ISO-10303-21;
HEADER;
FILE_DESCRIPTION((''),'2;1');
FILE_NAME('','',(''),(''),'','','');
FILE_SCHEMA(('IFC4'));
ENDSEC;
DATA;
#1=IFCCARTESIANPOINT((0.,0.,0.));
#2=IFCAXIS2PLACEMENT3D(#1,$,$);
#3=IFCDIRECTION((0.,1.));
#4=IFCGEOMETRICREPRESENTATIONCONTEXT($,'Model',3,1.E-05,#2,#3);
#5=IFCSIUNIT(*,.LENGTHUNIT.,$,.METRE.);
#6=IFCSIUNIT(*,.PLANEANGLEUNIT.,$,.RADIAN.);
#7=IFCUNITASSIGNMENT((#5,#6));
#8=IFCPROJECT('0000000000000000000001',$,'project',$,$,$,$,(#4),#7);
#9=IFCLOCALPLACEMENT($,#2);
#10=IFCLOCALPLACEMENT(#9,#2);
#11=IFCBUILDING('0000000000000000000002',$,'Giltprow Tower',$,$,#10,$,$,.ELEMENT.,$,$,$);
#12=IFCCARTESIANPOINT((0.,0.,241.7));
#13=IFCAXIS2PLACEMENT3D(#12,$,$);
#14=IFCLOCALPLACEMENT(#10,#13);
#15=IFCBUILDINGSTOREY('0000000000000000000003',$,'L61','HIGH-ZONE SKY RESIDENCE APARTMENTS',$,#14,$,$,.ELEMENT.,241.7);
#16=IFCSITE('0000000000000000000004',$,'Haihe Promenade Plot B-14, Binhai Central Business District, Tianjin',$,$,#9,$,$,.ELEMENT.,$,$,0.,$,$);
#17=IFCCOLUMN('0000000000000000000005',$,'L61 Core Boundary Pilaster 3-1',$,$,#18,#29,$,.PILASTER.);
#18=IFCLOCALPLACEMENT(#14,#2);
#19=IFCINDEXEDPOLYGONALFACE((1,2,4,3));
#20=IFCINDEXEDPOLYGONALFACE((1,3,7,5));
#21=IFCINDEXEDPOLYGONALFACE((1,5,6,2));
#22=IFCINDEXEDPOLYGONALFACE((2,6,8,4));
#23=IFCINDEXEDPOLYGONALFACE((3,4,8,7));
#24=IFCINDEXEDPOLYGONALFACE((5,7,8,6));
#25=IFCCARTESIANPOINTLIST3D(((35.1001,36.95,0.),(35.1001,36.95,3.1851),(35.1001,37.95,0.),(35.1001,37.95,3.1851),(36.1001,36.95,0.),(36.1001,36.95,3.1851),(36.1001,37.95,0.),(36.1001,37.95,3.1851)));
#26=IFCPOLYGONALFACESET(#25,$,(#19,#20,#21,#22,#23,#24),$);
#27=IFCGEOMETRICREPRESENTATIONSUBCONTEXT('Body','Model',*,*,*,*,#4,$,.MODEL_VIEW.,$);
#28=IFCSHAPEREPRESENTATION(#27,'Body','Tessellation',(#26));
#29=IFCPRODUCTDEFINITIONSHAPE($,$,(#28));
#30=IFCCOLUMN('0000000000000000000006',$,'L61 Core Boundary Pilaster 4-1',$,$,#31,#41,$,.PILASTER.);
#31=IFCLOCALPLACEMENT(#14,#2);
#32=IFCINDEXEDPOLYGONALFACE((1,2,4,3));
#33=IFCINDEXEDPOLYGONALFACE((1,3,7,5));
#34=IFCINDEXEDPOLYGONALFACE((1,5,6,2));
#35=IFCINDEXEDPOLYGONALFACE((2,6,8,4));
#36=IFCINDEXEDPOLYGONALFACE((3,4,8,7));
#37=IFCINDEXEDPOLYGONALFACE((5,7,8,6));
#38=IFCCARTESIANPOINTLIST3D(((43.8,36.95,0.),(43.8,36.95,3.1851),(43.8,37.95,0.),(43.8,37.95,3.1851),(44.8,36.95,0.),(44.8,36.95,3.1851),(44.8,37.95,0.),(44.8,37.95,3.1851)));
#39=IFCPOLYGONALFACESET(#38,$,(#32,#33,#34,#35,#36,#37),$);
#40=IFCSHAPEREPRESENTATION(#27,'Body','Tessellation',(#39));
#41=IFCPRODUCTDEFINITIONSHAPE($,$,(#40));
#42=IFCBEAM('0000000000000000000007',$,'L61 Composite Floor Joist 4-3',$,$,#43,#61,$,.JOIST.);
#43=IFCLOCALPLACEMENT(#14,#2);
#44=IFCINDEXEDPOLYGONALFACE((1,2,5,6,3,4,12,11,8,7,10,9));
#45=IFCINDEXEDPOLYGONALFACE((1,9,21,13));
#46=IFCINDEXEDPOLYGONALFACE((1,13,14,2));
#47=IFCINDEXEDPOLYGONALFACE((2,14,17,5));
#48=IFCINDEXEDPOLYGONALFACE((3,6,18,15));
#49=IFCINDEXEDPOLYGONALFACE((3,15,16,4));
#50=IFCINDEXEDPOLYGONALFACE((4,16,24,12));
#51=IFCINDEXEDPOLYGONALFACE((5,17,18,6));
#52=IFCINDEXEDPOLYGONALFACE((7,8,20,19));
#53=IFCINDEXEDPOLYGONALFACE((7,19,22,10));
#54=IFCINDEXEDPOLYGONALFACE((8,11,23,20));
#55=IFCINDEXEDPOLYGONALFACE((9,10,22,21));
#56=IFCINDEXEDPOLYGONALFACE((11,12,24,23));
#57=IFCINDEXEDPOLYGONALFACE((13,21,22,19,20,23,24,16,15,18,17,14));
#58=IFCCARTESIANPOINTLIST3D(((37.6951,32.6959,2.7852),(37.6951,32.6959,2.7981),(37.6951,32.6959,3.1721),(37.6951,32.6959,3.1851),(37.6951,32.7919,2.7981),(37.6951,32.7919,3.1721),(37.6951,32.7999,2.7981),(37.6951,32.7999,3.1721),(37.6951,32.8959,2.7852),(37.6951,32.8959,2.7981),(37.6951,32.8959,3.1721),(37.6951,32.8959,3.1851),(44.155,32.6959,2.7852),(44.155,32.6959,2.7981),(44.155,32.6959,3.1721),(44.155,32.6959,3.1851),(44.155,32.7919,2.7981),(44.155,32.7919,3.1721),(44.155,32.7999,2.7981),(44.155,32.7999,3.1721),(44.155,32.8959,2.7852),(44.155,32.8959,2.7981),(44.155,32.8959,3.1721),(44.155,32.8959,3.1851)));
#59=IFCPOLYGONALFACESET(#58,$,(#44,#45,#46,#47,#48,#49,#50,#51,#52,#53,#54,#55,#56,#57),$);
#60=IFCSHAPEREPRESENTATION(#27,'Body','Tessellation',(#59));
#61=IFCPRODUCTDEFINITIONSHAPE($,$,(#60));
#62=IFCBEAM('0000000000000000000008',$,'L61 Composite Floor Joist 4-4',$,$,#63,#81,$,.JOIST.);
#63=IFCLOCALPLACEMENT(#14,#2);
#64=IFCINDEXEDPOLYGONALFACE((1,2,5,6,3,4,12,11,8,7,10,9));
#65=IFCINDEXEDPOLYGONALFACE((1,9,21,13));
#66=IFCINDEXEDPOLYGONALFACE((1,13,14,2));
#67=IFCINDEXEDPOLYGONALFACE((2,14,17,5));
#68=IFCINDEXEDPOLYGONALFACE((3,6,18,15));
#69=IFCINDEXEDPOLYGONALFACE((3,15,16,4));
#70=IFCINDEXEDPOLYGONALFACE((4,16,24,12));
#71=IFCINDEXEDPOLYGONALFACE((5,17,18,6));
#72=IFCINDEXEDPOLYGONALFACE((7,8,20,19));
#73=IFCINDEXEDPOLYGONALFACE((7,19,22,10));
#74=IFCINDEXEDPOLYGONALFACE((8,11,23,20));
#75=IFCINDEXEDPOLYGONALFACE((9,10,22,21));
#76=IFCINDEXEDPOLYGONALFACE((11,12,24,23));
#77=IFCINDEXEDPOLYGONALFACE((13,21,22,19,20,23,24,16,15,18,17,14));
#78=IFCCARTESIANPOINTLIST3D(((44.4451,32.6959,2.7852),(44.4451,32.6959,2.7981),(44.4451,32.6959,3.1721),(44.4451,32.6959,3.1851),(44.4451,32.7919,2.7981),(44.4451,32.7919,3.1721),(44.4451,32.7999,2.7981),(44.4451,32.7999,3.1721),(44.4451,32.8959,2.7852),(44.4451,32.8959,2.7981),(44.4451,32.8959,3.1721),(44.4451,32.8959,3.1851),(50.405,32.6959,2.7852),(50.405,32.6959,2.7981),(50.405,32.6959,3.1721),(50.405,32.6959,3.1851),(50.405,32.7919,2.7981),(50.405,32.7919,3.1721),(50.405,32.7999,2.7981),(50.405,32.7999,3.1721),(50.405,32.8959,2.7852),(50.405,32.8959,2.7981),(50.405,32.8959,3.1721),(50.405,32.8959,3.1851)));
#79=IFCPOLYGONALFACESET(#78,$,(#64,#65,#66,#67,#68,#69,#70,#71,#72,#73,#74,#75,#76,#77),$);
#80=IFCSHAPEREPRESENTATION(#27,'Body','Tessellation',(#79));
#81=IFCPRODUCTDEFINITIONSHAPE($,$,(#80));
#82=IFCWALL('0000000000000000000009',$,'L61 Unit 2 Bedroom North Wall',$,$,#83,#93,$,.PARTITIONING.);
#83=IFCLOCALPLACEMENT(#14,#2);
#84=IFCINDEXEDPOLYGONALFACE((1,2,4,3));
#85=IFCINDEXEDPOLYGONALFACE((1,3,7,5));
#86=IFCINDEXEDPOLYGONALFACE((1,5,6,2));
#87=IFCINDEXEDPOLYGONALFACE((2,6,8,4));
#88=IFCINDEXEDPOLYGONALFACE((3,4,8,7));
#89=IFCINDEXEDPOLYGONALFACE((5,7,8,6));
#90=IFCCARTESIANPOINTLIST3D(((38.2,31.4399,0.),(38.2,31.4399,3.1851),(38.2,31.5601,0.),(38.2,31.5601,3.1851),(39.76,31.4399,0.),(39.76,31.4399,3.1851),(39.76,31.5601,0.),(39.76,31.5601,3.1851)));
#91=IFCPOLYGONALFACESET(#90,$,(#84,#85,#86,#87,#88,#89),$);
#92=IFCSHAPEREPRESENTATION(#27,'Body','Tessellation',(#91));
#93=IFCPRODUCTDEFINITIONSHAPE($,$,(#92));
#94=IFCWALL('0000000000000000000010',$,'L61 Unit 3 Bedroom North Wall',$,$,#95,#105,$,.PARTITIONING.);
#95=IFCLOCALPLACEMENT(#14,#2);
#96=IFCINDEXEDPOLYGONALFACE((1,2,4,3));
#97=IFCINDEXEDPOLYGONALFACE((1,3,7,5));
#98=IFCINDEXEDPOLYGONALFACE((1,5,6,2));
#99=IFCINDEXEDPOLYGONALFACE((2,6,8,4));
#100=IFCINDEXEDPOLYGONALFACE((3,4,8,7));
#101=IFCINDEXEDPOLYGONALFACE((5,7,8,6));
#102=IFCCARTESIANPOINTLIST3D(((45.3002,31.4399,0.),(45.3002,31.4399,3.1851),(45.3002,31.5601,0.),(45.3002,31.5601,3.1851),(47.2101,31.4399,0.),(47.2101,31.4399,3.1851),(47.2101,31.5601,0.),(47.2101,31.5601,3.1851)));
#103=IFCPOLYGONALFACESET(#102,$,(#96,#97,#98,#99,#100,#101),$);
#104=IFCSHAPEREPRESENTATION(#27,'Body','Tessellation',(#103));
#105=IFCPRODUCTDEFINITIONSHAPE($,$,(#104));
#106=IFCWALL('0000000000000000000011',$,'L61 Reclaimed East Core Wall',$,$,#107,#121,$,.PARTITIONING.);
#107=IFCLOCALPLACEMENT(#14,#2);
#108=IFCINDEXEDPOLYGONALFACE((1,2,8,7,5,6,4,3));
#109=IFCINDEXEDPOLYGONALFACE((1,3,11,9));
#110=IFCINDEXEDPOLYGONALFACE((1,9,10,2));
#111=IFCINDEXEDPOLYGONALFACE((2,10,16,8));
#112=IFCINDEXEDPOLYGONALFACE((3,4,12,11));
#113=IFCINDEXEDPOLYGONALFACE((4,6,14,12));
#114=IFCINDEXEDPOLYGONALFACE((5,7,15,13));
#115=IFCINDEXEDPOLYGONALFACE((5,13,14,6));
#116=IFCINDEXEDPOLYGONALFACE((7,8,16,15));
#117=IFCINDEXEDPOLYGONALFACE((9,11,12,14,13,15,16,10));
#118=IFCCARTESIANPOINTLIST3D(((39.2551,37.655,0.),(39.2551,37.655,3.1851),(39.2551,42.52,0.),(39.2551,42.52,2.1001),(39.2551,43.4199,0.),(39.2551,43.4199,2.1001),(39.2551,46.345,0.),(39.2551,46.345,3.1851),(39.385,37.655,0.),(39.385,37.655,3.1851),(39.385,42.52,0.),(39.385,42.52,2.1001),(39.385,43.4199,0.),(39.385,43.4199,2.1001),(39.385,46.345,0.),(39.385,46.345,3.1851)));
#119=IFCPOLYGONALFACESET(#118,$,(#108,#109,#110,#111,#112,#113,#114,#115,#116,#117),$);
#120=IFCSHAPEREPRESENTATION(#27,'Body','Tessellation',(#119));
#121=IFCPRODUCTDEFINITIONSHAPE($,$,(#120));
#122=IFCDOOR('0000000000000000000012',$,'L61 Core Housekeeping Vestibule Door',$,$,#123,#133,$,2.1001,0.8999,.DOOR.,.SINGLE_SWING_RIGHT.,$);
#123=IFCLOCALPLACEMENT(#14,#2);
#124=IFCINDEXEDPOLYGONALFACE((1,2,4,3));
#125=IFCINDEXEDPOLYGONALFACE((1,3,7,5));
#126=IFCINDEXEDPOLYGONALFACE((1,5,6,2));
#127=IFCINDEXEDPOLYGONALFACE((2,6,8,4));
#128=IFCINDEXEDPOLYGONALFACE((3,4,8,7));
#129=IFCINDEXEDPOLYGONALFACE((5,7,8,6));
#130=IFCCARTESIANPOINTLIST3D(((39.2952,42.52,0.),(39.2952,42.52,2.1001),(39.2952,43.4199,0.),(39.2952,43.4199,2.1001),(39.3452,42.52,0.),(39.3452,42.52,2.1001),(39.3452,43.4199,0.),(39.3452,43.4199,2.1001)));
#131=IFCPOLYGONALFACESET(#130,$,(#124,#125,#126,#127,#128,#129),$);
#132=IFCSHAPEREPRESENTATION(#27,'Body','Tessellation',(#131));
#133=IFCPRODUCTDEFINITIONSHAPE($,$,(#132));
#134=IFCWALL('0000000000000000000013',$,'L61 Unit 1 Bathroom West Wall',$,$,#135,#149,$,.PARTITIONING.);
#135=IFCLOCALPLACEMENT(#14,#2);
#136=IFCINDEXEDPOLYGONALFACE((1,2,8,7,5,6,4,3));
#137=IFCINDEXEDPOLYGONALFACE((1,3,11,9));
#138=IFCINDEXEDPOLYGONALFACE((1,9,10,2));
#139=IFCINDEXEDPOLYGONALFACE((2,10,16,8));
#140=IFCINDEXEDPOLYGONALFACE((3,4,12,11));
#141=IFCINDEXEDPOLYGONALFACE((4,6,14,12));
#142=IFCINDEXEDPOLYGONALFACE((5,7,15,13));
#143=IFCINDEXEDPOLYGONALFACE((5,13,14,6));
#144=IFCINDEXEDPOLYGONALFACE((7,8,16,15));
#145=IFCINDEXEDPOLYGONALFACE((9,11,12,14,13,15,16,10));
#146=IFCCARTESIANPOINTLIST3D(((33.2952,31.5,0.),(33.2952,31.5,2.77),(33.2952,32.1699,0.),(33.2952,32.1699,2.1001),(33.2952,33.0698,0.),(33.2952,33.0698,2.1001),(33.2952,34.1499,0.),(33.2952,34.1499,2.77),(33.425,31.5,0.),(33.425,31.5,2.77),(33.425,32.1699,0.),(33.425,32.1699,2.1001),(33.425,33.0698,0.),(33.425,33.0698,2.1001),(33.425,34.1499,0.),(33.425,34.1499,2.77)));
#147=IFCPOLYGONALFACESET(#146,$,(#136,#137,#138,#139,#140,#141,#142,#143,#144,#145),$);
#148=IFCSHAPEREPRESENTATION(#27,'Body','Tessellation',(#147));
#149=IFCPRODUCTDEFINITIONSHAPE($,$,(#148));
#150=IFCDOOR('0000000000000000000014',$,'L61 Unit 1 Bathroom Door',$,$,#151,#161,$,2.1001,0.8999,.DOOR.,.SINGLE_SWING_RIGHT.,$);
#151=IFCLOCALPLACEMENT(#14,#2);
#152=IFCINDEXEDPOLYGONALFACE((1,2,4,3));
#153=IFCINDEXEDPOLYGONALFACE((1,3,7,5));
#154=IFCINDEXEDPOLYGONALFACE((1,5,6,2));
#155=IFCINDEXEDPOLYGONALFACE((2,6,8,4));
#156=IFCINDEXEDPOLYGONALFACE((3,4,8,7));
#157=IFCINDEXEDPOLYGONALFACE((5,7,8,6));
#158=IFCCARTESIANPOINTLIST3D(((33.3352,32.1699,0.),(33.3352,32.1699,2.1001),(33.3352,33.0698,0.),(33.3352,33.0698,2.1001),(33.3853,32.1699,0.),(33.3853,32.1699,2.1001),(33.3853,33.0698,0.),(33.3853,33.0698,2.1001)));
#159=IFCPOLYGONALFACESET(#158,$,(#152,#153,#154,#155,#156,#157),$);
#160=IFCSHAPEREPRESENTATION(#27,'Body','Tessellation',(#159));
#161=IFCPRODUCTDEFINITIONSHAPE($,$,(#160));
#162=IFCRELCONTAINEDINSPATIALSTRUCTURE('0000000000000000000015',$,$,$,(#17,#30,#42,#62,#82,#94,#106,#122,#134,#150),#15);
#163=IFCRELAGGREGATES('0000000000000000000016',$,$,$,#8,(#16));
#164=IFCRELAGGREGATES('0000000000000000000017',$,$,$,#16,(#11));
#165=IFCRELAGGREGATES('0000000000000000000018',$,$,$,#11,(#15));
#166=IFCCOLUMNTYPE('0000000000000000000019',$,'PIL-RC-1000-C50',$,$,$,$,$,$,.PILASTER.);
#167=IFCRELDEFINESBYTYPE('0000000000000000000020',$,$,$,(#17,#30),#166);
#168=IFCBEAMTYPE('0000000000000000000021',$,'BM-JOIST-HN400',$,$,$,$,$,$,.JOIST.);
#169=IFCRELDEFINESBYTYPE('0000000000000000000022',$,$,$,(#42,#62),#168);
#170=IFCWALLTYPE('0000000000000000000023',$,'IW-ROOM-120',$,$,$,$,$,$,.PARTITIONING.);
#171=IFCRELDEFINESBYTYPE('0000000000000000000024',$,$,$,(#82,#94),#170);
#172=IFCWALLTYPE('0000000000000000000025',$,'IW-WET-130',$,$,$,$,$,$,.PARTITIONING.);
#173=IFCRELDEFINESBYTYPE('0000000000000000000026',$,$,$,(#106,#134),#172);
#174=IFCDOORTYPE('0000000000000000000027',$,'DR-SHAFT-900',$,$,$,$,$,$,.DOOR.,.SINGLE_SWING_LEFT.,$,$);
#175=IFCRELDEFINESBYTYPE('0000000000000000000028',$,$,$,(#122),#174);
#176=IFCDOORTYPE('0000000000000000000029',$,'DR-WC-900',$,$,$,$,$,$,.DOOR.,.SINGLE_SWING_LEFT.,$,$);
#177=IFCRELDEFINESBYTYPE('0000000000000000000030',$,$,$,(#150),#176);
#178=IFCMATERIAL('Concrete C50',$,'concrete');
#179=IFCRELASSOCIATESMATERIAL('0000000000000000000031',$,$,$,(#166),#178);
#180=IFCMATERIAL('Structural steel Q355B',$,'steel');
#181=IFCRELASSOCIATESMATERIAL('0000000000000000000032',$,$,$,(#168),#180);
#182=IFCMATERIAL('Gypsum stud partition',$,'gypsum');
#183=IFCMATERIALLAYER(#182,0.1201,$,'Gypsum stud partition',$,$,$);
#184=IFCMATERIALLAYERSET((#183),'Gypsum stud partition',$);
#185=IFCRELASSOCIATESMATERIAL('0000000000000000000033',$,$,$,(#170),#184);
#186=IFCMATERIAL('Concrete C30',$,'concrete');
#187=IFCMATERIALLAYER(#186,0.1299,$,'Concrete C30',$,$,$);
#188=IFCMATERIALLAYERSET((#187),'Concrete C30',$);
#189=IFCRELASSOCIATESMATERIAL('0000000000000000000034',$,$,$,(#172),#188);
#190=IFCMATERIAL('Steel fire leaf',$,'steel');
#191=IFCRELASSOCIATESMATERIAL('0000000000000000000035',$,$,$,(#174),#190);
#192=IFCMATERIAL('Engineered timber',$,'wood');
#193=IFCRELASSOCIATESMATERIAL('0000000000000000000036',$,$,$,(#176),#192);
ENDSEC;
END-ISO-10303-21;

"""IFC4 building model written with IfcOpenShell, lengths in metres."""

from ifc_helpers import new_model, si_unit, direction, frame, frame_2d, origin, origin_2d, place, context, subcontext, project, spatial, rectangle, i_section, extrude, source, transform, mapped, material, layer, layer_set, material_profile, profile_set, type_object, element, fill, save


model = new_model("IFC4")

# Units and contexts
model_context = context("Model", 3, precision=1e-05, world=origin(), true_north=direction((0.0, 1.0)))
body_context = subcontext(model_context, "Body", "Model", "MODEL_VIEW")
ifc_project = project(units=[si_unit("LENGTHUNIT", "METRE"), si_unit("PLANEANGLEUNIT", "RADIAN")], contexts=[model_context])

# Site, building, storey
site_placement = place(None, origin())
site = spatial("IfcSite", under=ifc_project, at=site_placement, Name="Haihe Promenade Plot B-14, Binhai Central Business District, Tianjin", CompositionType="ELEMENT", RefElevation=0.0)
building_placement = place(site_placement, origin())
building = spatial("IfcBuilding", under=site, at=building_placement, Name="Giltprow Tower", CompositionType="ELEMENT")
storey_placement = place(building_placement, frame((0.0, 0.0, 241.7)))
storey = spatial("IfcBuildingStorey", under=building, at=storey_placement, Name="L61", Description="HIGH-ZONE SKY RESIDENCE APARTMENTS", CompositionType="ELEMENT", Elevation=241.7)

# Columns
ifc_material_1 = material(Name="Concrete C50", Category="concrete")
ifc_material_profile_1 = material_profile(ifc_material_1, rectangle(XDim=1.0, YDim=1.0, at=origin_2d()), Name="RC 1000x1000")
ifc_profile_set_1 = profile_set([ifc_material_profile_1], Name="Concrete C50")
column_type = type_object("IfcColumnType", Name="PIL-RC-1000-C50", PredefinedType="PILASTER", material=ifc_profile_set_1)
shared_shape_1 = source(origin(), body_context, "Body", "SweptSolid", [
    extrude(rectangle(XDim=1.0, YDim=1.0, at=origin_2d()), origin(), (0.0, 0.0, 1.0), 3.1851),
])
for number, where, z_axis, x_axis, name in (
    (1, (35.6001, 37.45, 0.0), (0.0, 0.0, 1.0), (1.0, 0.0, 0.0), "L61 Core Boundary Pilaster 3-1"),
    (2, (44.3, 37.45, 0.0), (0.0, 0.0, 1.0), (1.0, 0.0, 0.0), "L61 Core Boundary Pilaster 4-1"),
):
    element("IfcColumn", number, at=place(storey_placement, frame(where, z_axis=z_axis, x_axis=x_axis)), inside=storey, type_object=column_type, Name=name, PredefinedType="PILASTER", context=body_context, shape_type="MappedRepresentation", body=[
        mapped(shared_shape_1, transform((0.0, 0.0, 0.0), x_axis=(1.0, 0.0, 0.0), y_axis=(0.0, 1.0, 0.0), z_axis=(0.0, 0.0, 1.0), scale=1.0)),
    ])

# Beams
ifc_material_2 = material(Name="Structural steel Q355B", Category="steel")
ifc_material_profile_2 = material_profile(ifc_material_2, i_section(OverallWidth=0.2, OverallDepth=0.3999, WebThickness=0.0081, FlangeThickness=0.0129, at=origin_2d()), Name="HN 400x200x8x13")
ifc_profile_set_2 = profile_set([ifc_material_profile_2], Name="Structural steel Q355B")
beam_type = type_object("IfcBeamType", Name="BM-JOIST-HN400", PredefinedType="JOIST", material=ifc_profile_set_2)
shared_shape_2 = source(origin(), body_context, "Body", "SweptSolid", [
    extrude(i_section(OverallWidth=0.2, OverallDepth=0.3999, WebThickness=0.0081, FlangeThickness=0.0129, at=origin_2d()), origin(), (0.0, 0.0, 1.0), 6.46),
])
beam_1_placement = place(storey_placement, frame((37.6951, 32.7959, 2.9851), z_axis=(1.0, 0.0, 0.0), x_axis=(0.0, 1.0, 0.0)))
element("IfcBeam", 3, at=beam_1_placement, inside=storey, type_object=beam_type, Name="L61 Composite Floor Joist 4-3", PredefinedType="JOIST", context=body_context, shape_type="MappedRepresentation", body=[
    mapped(shared_shape_2, transform((0.0, 0.0, 0.0), x_axis=(1.0, 0.0, 0.0), y_axis=(0.0, 1.0, 0.0), z_axis=(0.0, 0.0, 1.0), scale=1.0)),
])
shared_shape_3 = source(origin(), body_context, "Body", "SweptSolid", [
    extrude(i_section(OverallWidth=0.2, OverallDepth=0.3999, WebThickness=0.0081, FlangeThickness=0.0129, at=origin_2d()), origin(), (0.0, 0.0, 1.0), 5.96),
])
beam_2_placement = place(storey_placement, frame((44.4451, 32.7959, 2.9851), z_axis=(1.0, 0.0, 0.0), x_axis=(0.0, 1.0, 0.0)))
element("IfcBeam", 4, at=beam_2_placement, inside=storey, type_object=beam_type, Name="L61 Composite Floor Joist 4-4", PredefinedType="JOIST", context=body_context, shape_type="MappedRepresentation", body=[
    mapped(shared_shape_3, transform((0.0, 0.0, 0.0), x_axis=(1.0, 0.0, 0.0), y_axis=(0.0, 1.0, 0.0), z_axis=(0.0, 0.0, 1.0), scale=1.0)),
])

# Walls
ifc_material_3 = material(Name="Gypsum stud partition", Category="gypsum")
ifc_layer_1 = layer(ifc_material_3, 0.1201, Name="Gypsum stud partition")
ifc_layer_set_1 = layer_set([ifc_layer_1], Name="Gypsum stud partition")
wall_type_1 = type_object("IfcWallType", Name="IW-ROOM-120", PredefinedType="PARTITIONING", material=ifc_layer_set_1)
wall_1_placement = place(storey_placement, frame((38.2, 31.5, 0.0), z_axis=(0.0, 0.0, 1.0), x_axis=(1.0, 0.0, 0.0)))
element("IfcWall", 5, at=wall_1_placement, inside=storey, type_object=wall_type_1, Name="L61 Unit 2 Bedroom North Wall", PredefinedType="PARTITIONING", context=body_context, shape_type="SweptSolid", body=[
    extrude(rectangle(XDim=1.5601, YDim=0.1201, at=frame_2d((0.78, 0.0))), origin(), (0.0, 0.0, 1.0), 3.1851),
])
wall_2_placement = place(storey_placement, frame((45.3, 31.5, 0.0), z_axis=(0.0, 0.0, 1.0), x_axis=(1.0, 0.0, 0.0)))
element("IfcWall", 6, at=wall_2_placement, inside=storey, type_object=wall_type_1, Name="L61 Unit 3 Bedroom North Wall", PredefinedType="PARTITIONING", context=body_context, shape_type="SweptSolid", body=[
    extrude(rectangle(XDim=1.9099, YDim=0.1201, at=frame_2d((0.9551, 0.0))), origin(), (0.0, 0.0, 1.0), 3.1851),
])

# Walls, openings, doors
ifc_material_4 = material(Name="Concrete C30", Category="concrete")
ifc_layer_2 = layer(ifc_material_4, 0.1299, Name="Concrete C30")
ifc_layer_set_2 = layer_set([ifc_layer_2], Name="Concrete C30")
wall_type_2 = type_object("IfcWallType", Name="IW-WET-130", PredefinedType="PARTITIONING", material=ifc_layer_set_2)
wall_3_placement = place(storey_placement, frame((39.3201, 37.655, 0.0), z_axis=(0.0, 0.0, 1.0), x_axis=(0.0, 1.0, 0.0)))
wall_3 = element("IfcWall", 7, at=wall_3_placement, inside=storey, type_object=wall_type_2, Name="L61 Reclaimed East Core Wall", PredefinedType="PARTITIONING", context=body_context, shape_type="SweptSolid", body=[
    extrude(rectangle(XDim=8.6899, YDim=0.1299, at=frame_2d((4.345, 0.0))), origin(), (0.0, 0.0, 1.0), 3.1851),
])
opening_1_placement = place(wall_3_placement, frame((4.865, 0.0, 0.0)))
opening_1 = element("IfcOpeningElement", 8, at=opening_1_placement, cuts=wall_3, PredefinedType="OPENING", context=body_context, shape_type="SweptSolid", body=[
    extrude(rectangle(XDim=0.8999, YDim=2.1001, at=frame_2d((0.45, 1.05))), frame((0.0, 0.075, 0.0), z_axis=(0.0, -1.0, 0.0), x_axis=(1.0, 0.0, 0.0)), (0.0, 0.0, 1.0), 0.1499),
])
ifc_material_5 = material(Name="Steel fire leaf", Category="steel")
door_type_1 = type_object("IfcDoorType", Name="DR-SHAFT-900", OperationType="SINGLE_SWING_LEFT", PredefinedType="DOOR", material=ifc_material_5)
shared_shape_4 = source(origin(), body_context, "Body", "SweptSolid", [
    extrude(rectangle(XDim=0.8999, YDim=2.1001, at=frame_2d((0.45, 1.05))), frame((0.0, 0.0249, 0.0), z_axis=(0.0, -1.0, 0.0), x_axis=(1.0, 0.0, 0.0)), (0.0, 0.0, 1.0), 0.05),
])
door_1_placement = place(opening_1_placement, origin())
door_1 = element("IfcDoor", 9, at=door_1_placement, inside=storey, type_object=door_type_1, Name="L61 Core Housekeeping Vestibule Door", OperationType="SINGLE_SWING_RIGHT", OverallHeight=2.1001, OverallWidth=0.8999, PredefinedType="DOOR", context=body_context, shape_type="MappedRepresentation", body=[
    mapped(shared_shape_4, transform((0.0, 0.0, 0.0), x_axis=(1.0, 0.0, 0.0), y_axis=(0.0, 1.0, 0.0), z_axis=(0.0, 0.0, 1.0), scale=1.0)),
])
fill(opening_1, door_1)
wall_4_placement = place(storey_placement, frame((33.3601, 31.5, 0.0), z_axis=(0.0, 0.0, 1.0), x_axis=(0.0, 1.0, 0.0)))
wall_4 = element("IfcWall", 10, at=wall_4_placement, inside=storey, type_object=wall_type_2, Name="L61 Unit 1 Bathroom West Wall", PredefinedType="PARTITIONING", context=body_context, shape_type="SweptSolid", body=[
    extrude(rectangle(XDim=2.6499, YDim=0.1299, at=frame_2d((1.325, 0.0))), origin(), (0.0, 0.0, 1.0), 2.77),
])
opening_2_placement = place(wall_4_placement, frame((0.6699, 0.0, 0.0)))
opening_2 = element("IfcOpeningElement", 11, at=opening_2_placement, cuts=wall_4, PredefinedType="OPENING", context=body_context, shape_type="SweptSolid", body=[
    extrude(rectangle(XDim=0.8999, YDim=2.1001, at=frame_2d((0.45, 1.05))), frame((0.0, 0.075, 0.0), z_axis=(0.0, -1.0, 0.0), x_axis=(1.0, 0.0, 0.0)), (0.0, 0.0, 1.0), 0.1499),
])
ifc_material_6 = material(Name="Engineered timber", Category="wood")
door_type_2 = type_object("IfcDoorType", Name="DR-WC-900", OperationType="SINGLE_SWING_LEFT", PredefinedType="DOOR", material=ifc_material_6)
door_2_placement = place(opening_2_placement, origin())
door_2 = element("IfcDoor", 12, at=door_2_placement, inside=storey, type_object=door_type_2, Name="L61 Unit 1 Bathroom Door", OperationType="SINGLE_SWING_RIGHT", OverallHeight=2.1001, OverallWidth=0.8999, PredefinedType="DOOR", context=body_context, shape_type="MappedRepresentation", body=[
    mapped(shared_shape_4, transform((0.0, 0.0, 0.0), x_axis=(1.0, 0.0, 0.0), y_axis=(0.0, 1.0, 0.0), z_axis=(0.0, 0.0, 1.0), scale=1.0)),
])
fill(opening_2, door_2)

save(model, "model.ifc")
